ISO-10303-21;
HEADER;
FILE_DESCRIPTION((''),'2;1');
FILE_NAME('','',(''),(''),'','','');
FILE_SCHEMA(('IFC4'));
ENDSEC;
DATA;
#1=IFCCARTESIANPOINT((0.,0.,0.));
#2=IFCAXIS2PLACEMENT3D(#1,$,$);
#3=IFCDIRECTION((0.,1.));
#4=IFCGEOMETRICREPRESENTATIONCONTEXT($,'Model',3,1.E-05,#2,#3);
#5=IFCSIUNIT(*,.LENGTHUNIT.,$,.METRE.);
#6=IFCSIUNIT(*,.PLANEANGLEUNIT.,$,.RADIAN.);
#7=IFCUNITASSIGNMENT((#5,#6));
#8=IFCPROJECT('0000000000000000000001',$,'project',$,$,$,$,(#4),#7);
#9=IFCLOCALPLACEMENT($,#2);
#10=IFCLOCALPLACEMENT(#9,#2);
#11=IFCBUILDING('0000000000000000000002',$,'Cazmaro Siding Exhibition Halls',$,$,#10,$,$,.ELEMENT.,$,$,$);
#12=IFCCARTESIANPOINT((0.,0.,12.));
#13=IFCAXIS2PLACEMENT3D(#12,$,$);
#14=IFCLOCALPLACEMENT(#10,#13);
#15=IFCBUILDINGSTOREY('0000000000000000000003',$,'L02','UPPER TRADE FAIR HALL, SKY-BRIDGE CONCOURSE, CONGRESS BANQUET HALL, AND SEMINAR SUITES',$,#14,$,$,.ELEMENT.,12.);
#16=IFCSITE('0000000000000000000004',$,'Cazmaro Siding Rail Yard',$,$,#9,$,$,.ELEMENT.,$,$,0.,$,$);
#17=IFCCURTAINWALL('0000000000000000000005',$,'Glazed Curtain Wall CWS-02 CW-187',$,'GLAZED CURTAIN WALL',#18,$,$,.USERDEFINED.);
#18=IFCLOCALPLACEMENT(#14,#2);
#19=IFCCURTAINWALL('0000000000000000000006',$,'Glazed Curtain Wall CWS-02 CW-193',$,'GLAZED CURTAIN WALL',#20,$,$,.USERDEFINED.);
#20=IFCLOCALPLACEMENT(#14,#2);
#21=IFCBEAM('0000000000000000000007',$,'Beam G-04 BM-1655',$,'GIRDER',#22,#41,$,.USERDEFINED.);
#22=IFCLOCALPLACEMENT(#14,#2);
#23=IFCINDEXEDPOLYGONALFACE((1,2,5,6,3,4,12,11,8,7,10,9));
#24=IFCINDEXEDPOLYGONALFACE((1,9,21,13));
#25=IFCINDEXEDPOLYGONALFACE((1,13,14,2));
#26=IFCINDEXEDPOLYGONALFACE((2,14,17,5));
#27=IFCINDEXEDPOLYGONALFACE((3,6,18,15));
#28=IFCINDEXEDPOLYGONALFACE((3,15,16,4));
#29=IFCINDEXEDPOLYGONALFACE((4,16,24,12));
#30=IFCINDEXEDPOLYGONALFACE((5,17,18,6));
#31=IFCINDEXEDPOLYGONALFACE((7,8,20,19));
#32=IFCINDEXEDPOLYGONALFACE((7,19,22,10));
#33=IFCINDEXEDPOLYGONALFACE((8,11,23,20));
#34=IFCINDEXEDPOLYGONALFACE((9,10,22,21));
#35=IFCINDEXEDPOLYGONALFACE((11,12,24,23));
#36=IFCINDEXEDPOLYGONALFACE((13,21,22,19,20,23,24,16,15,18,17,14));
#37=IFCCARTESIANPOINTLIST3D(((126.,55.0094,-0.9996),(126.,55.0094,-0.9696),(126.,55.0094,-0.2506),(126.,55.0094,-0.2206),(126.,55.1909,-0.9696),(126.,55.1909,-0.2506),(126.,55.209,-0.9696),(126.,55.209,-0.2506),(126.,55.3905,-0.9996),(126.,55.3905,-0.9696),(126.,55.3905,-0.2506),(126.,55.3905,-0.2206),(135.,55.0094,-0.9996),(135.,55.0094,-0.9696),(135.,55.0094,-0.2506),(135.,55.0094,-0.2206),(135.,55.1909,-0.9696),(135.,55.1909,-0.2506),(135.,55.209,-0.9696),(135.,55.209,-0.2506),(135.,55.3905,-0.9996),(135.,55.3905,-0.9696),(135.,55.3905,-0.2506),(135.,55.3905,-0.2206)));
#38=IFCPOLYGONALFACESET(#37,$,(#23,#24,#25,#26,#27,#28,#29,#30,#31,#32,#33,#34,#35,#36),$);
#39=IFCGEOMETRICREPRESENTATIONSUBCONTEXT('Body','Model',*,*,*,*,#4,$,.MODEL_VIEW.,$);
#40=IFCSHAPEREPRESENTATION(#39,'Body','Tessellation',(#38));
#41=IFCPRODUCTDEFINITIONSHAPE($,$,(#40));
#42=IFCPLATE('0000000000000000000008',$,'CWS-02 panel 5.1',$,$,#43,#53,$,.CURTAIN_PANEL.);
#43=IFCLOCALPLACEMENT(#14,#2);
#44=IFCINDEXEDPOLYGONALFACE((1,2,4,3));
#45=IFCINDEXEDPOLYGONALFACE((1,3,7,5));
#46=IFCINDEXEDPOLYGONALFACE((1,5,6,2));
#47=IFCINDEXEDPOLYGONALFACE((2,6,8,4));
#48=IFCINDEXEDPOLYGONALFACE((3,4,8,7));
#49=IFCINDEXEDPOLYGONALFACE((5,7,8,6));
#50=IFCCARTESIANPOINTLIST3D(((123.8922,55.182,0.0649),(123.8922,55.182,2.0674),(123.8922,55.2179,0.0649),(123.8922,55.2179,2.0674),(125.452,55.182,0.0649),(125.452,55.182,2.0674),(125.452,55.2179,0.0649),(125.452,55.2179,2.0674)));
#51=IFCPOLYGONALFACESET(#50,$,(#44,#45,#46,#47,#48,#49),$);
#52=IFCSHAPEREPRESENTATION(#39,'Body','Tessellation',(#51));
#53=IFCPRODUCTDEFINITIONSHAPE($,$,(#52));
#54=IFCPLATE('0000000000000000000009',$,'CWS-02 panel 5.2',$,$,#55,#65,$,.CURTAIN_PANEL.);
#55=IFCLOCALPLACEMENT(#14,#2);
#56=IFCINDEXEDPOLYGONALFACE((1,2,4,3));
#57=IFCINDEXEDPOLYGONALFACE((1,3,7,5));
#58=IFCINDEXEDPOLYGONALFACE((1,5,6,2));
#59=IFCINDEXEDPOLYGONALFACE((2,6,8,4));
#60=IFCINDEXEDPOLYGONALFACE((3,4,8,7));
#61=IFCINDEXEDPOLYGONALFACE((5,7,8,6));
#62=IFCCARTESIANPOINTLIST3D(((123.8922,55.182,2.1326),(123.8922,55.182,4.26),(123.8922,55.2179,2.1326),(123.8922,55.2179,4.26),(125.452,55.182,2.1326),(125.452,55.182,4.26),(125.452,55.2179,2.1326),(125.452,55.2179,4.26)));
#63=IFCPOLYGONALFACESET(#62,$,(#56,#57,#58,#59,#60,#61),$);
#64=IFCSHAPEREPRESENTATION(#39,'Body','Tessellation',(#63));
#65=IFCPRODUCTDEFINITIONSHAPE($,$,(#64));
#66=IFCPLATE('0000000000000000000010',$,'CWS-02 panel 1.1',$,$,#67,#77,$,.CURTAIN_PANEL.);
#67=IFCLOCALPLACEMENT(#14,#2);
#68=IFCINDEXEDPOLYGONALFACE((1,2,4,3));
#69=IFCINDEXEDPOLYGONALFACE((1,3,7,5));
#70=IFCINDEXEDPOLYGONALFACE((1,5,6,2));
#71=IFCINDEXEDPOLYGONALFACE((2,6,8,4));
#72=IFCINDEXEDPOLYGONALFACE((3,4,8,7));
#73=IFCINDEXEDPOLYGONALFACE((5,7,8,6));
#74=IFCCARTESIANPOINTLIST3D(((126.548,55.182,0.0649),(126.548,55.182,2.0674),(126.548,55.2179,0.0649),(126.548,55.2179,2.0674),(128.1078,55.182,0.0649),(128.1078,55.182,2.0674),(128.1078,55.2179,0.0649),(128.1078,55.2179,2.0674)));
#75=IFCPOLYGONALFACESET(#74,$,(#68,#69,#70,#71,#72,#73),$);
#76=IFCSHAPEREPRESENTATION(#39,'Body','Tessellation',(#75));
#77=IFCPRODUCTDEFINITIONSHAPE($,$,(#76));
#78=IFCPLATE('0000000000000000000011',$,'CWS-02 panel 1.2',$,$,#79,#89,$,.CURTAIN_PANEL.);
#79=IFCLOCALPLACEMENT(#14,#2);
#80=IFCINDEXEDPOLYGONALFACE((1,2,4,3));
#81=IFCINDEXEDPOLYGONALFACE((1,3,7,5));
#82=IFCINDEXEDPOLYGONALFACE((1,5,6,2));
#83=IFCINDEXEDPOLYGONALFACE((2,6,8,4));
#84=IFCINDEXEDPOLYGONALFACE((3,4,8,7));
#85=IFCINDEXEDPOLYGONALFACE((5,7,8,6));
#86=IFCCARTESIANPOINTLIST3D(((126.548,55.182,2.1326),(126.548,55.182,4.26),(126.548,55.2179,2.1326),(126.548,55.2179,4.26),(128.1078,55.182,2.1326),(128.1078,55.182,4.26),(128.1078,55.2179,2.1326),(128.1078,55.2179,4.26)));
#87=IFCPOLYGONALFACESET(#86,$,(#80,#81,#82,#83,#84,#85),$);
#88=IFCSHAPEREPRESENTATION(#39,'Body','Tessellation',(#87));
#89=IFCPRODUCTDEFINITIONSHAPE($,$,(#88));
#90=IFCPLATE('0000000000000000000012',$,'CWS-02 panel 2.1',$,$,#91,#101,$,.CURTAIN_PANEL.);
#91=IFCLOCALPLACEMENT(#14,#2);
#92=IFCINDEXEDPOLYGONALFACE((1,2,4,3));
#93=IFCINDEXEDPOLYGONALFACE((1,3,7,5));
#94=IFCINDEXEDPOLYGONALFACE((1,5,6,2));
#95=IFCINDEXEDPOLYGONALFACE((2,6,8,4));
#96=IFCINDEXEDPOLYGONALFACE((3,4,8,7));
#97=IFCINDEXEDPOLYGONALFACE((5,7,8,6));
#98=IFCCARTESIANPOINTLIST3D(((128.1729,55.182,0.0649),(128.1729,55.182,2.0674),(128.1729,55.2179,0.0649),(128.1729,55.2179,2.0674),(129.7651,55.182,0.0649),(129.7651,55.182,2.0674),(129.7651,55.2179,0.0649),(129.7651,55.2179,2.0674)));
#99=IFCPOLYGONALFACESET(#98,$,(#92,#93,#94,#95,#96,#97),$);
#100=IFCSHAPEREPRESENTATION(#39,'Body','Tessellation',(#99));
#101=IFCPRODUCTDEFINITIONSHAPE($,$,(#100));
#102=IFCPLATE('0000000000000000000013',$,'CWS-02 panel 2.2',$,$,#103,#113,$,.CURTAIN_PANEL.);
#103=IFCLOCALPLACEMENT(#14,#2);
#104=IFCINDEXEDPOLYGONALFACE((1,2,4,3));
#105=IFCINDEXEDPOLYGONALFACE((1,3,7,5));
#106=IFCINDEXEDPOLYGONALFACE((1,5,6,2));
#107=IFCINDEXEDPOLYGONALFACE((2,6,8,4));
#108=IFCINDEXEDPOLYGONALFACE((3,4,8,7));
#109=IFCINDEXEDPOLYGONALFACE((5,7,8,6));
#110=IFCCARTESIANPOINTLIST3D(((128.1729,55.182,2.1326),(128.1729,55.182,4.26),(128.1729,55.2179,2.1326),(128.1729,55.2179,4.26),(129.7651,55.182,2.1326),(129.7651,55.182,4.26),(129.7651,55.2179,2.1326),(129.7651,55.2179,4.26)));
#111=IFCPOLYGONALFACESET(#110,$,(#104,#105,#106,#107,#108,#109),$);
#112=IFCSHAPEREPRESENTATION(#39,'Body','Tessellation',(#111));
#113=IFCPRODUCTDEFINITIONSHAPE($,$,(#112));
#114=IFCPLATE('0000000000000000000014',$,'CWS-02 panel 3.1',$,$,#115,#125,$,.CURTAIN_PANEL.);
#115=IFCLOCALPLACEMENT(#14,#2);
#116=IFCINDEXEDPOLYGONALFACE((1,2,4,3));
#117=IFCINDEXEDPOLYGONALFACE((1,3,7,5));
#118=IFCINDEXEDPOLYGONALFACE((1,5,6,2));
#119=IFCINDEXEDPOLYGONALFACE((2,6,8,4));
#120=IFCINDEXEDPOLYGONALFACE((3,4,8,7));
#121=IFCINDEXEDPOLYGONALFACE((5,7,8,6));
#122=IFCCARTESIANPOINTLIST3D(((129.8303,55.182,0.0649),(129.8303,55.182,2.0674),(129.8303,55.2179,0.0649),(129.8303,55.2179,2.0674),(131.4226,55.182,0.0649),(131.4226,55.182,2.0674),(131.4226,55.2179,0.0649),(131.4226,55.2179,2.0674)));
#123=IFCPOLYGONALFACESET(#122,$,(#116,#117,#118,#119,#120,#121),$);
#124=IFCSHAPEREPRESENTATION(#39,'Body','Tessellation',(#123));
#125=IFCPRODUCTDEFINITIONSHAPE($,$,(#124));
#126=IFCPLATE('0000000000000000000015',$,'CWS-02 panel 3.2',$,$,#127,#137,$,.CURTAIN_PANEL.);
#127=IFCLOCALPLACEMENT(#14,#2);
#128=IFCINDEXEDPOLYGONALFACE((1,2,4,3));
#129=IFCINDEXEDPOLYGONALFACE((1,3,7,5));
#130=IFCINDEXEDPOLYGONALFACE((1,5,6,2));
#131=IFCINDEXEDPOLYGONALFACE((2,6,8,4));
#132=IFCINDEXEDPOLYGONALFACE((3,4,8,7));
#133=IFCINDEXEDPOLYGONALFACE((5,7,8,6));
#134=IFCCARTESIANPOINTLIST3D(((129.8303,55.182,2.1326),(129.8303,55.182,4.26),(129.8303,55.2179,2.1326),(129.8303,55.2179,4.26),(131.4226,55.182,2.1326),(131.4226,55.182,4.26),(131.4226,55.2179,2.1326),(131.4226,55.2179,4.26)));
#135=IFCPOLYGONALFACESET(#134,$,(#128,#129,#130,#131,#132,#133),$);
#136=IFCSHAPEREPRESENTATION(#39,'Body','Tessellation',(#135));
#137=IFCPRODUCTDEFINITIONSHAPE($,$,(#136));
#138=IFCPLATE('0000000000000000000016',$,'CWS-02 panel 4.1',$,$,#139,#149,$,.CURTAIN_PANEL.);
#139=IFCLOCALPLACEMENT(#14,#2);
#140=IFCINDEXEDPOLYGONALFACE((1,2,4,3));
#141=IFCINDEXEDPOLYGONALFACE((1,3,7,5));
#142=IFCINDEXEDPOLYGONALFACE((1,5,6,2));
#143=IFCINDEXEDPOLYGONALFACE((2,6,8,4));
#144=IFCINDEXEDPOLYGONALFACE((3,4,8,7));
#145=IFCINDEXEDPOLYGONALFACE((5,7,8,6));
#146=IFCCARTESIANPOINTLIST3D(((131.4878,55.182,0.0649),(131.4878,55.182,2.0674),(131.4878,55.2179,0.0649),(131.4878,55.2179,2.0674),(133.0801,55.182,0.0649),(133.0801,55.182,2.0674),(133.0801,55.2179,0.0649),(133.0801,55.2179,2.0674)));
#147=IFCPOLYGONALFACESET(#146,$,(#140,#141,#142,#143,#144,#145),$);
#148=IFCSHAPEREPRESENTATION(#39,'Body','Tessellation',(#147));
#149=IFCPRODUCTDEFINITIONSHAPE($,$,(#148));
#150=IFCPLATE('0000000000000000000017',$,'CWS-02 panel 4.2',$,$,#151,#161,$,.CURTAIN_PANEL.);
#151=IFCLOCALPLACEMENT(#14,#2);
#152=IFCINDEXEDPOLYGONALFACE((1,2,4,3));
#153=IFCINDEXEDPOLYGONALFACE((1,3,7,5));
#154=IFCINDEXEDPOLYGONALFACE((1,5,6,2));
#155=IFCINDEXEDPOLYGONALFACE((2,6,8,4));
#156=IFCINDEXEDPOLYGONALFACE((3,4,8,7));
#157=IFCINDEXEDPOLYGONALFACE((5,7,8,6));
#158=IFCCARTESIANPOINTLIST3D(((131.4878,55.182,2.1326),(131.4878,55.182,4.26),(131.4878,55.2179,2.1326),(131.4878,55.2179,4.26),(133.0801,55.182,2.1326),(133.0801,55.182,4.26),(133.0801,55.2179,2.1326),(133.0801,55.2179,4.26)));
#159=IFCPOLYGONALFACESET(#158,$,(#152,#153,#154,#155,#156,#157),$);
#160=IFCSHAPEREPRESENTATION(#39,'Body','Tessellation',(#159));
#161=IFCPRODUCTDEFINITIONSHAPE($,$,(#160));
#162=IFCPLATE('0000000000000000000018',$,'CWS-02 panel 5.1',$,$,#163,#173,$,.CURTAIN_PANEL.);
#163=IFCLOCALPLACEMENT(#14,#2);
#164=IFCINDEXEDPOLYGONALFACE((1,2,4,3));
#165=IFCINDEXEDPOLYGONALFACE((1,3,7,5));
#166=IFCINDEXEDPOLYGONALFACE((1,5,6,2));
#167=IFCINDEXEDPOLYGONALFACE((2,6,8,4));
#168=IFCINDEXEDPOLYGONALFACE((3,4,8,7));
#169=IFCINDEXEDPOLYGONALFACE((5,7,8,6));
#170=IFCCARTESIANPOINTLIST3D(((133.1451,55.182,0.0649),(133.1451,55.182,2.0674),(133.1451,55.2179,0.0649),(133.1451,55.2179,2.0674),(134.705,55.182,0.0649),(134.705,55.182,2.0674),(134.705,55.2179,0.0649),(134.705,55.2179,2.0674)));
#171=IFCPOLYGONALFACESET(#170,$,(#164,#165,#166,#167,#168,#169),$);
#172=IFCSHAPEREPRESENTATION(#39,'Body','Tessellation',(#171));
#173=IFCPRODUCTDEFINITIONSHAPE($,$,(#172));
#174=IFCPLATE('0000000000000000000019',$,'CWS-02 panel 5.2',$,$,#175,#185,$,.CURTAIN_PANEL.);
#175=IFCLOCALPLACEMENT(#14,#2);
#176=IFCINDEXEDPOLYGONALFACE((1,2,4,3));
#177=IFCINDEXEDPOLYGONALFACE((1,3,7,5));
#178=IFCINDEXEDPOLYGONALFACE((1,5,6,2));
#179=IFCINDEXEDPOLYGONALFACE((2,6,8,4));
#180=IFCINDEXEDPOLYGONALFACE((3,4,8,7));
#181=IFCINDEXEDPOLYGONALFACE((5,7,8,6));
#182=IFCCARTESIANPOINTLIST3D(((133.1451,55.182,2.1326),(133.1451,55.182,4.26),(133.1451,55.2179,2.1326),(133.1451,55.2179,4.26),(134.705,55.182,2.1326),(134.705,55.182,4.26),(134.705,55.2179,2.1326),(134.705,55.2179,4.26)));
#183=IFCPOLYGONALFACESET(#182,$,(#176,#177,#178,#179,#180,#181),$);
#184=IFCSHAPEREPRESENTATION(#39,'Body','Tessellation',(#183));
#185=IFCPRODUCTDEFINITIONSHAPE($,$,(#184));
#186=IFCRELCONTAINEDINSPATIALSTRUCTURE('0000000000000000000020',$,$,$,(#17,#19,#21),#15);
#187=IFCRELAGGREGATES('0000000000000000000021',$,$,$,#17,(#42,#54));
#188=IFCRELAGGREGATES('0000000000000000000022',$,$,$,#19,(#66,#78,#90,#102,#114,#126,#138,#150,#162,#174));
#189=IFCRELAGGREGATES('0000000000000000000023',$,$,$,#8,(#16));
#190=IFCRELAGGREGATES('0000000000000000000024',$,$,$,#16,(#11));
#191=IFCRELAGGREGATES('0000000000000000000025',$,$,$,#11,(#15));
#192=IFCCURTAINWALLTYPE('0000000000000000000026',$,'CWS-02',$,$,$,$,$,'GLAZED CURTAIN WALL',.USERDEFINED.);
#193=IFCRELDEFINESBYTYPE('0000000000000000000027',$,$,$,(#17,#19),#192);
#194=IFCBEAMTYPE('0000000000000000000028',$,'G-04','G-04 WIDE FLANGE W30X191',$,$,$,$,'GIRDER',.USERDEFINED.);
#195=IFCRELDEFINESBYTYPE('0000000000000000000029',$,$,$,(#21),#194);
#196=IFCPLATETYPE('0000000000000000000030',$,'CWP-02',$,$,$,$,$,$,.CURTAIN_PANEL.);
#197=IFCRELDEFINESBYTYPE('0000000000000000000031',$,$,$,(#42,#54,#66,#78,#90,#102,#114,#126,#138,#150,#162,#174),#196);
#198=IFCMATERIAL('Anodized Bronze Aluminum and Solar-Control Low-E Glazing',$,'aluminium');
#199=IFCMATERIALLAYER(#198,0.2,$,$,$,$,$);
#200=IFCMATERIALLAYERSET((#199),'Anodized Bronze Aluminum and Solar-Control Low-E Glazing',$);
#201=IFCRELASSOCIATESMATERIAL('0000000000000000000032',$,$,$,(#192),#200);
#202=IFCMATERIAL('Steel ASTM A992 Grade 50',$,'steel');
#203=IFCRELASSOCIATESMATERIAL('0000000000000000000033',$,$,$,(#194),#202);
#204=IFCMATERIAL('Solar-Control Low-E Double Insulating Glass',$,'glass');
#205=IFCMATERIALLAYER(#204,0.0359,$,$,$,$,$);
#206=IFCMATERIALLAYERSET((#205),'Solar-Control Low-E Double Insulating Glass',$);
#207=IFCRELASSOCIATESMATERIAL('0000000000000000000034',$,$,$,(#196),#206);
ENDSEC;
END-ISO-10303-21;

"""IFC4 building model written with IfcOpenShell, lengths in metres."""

from ifc_helpers import new_model, si_unit, direction, frame, origin, origin_2d, place, context, subcontext, project, spatial, rectangle, i_section, extrude, material, layer, layer_set, material_profile, profile_set, type_object, element, aggregate, save


model = new_model("IFC4")

# Units and contexts
model_context = context("Model", 3, precision=1e-05, world=origin(), true_north=direction((0.0, 1.0)))
body_context = subcontext(model_context, "Body", "Model", "MODEL_VIEW")
ifc_project = project(units=[si_unit("LENGTHUNIT", "METRE"), si_unit("PLANEANGLEUNIT", "RADIAN")], contexts=[model_context])

# Site, building, storey
site_placement = place(None, origin())
site = spatial("IfcSite", under=ifc_project, at=site_placement, Name="Cazmaro Siding Rail Yard", CompositionType="ELEMENT", RefElevation=0.0)
building_placement = place(site_placement, origin())
building = spatial("IfcBuilding", under=site, at=building_placement, Name="Cazmaro Siding Exhibition Halls", CompositionType="ELEMENT")
storey_placement = place(building_placement, frame((0.0, 0.0, 12.0)))
storey = spatial("IfcBuildingStorey", under=building, at=storey_placement, Name="L02", Description="UPPER TRADE FAIR HALL, SKY-BRIDGE CONCOURSE, CONGRESS BANQUET HALL, AND SEMINAR SUITES", CompositionType="ELEMENT", Elevation=12.0)

# Curtain wall
ifc_material_1 = material(Name="Anodized Bronze Aluminum and Solar-Control Low-E Glazing", Category="aluminium")
ifc_layer_1 = layer(ifc_material_1, 0.2)
ifc_layer_set_1 = layer_set([ifc_layer_1], Name="Anodized Bronze Aluminum and Solar-Control Low-E Glazing")
curtain_wall_type = type_object("IfcCurtainWallType", Name="CWS-02", ElementType="GLAZED CURTAIN WALL", PredefinedType="USERDEFINED", material=ifc_layer_set_1)
curtain_wall_1_placement = place(storey_placement, origin())
curtain_wall_1 = element("IfcCurtainWall", 1, at=curtain_wall_1_placement, inside=storey, type_object=curtain_wall_type, Name="Glazed Curtain Wall CWS-02 CW-187", ObjectType="GLAZED CURTAIN WALL", PredefinedType="USERDEFINED")

# Curtain wall
curtain_wall_2_placement = place(storey_placement, origin())
curtain_wall_2 = element("IfcCurtainWall", 2, at=curtain_wall_2_placement, inside=storey, type_object=curtain_wall_type, Name="Glazed Curtain Wall CWS-02 CW-193", ObjectType="GLAZED CURTAIN WALL", PredefinedType="USERDEFINED")

# Beam
ifc_material_2 = material(Name="Steel ASTM A992 Grade 50", Category="steel")
ifc_material_profile_1 = material_profile(ifc_material_2, i_section(OverallWidth=0.3811, OverallDepth=0.7791, WebThickness=0.0181, FlangeThickness=0.03, at=origin_2d()), Name="W30X191")
ifc_profile_set_1 = profile_set([ifc_material_profile_1], Name="Steel ASTM A992 Grade 50")
beam_type_1 = type_object("IfcBeamType", Name="G-04", Description="G-04 WIDE FLANGE W30X191", ElementType="GIRDER", PredefinedType="USERDEFINED", material=ifc_profile_set_1)
beam_1_placement = place(storey_placement, frame((126.0, 55.2, -0.6101), z_axis=(1.0, 0.0, 0.0), x_axis=(0.0, 1.0, 0.0)))
element("IfcBeam", 3, at=beam_1_placement, inside=storey, type_object=beam_type_1, Name="Beam G-04 BM-1655", ObjectType="GIRDER", PredefinedType="USERDEFINED", context=body_context, shape_type="SweptSolid", body=[
    extrude(i_section(OverallWidth=0.3811, OverallDepth=0.7791, WebThickness=0.0181, FlangeThickness=0.03, at=origin_2d()), origin(), (0.0, 0.0, 1.0), 9.0),
])

# Plates
ifc_material_3 = material(Name="Solar-Control Low-E Double Insulating Glass", Category="glass")
ifc_layer_2 = layer(ifc_material_3, 0.0359)
ifc_layer_set_2 = layer_set([ifc_layer_2], Name="Solar-Control Low-E Double Insulating Glass")
plate_type = type_object("IfcPlateType", Name="CWP-02", PredefinedType="CURTAIN_PANEL", material=ifc_layer_set_2)
plate_1_placement = place(storey_placement, frame((124.6721, 55.2, 0.0649), z_axis=(0.0, 0.0, 1.0), x_axis=(1.0, 0.0, 0.0)))
plate_1 = element("IfcPlate", 4, at=plate_1_placement, type_object=plate_type, Name="CWS-02 panel 5.1", PredefinedType="CURTAIN_PANEL", context=body_context, shape_type="SweptSolid", body=[
    extrude(rectangle(XDim=1.5598, YDim=0.0359, at=origin_2d()), origin(), (0.0, 0.0, 1.0), 2.0024),
])
plate_2_placement = place(storey_placement, frame((124.6721, 55.2, 2.1326), z_axis=(0.0, 0.0, 1.0), x_axis=(1.0, 0.0, 0.0)))
plate_2 = element("IfcPlate", 5, at=plate_2_placement, type_object=plate_type, Name="CWS-02 panel 5.2", PredefinedType="CURTAIN_PANEL", context=body_context, shape_type="SweptSolid", body=[
    extrude(rectangle(XDim=1.5598, YDim=0.0359, at=origin_2d()), origin(), (0.0, 0.0, 1.0), 2.1274),
])
aggregate(curtain_wall_1, [plate_1, plate_2])
plate_3_placement = place(storey_placement, frame((127.3279, 55.2, 0.0649), z_axis=(0.0, 0.0, 1.0), x_axis=(1.0, 0.0, 0.0)))
plate_3 = element("IfcPlate", 6, at=plate_3_placement, type_object=plate_type, Name="CWS-02 panel 1.1", PredefinedType="CURTAIN_PANEL", context=body_context, shape_type="SweptSolid", body=[
    extrude(rectangle(XDim=1.5598, YDim=0.0359, at=origin_2d()), origin(), (0.0, 0.0, 1.0), 2.0024),
])
plate_4_placement = place(storey_placement, frame((127.3279, 55.2, 2.1326), z_axis=(0.0, 0.0, 1.0), x_axis=(1.0, 0.0, 0.0)))
plate_4 = element("IfcPlate", 7, at=plate_4_placement, type_object=plate_type, Name="CWS-02 panel 1.2", PredefinedType="CURTAIN_PANEL", context=body_context, shape_type="SweptSolid", body=[
    extrude(rectangle(XDim=1.5598, YDim=0.0359, at=origin_2d()), origin(), (0.0, 0.0, 1.0), 2.1274),
])
plate_5_placement = place(storey_placement, frame((128.969, 55.2, 0.0649), z_axis=(0.0, 0.0, 1.0), x_axis=(1.0, 0.0, 0.0)))
plate_5 = element("IfcPlate", 8, at=plate_5_placement, type_object=plate_type, Name="CWS-02 panel 2.1", PredefinedType="CURTAIN_PANEL", context=body_context, shape_type="SweptSolid", body=[
    extrude(rectangle(XDim=1.5923, YDim=0.0359, at=origin_2d()), origin(), (0.0, 0.0, 1.0), 2.0024),
])
plate_6_placement = place(storey_placement, frame((128.969, 55.2, 2.1326), z_axis=(0.0, 0.0, 1.0), x_axis=(1.0, 0.0, 0.0)))
plate_6 = element("IfcPlate", 9, at=plate_6_placement, type_object=plate_type, Name="CWS-02 panel 2.2", PredefinedType="CURTAIN_PANEL", context=body_context, shape_type="SweptSolid", body=[
    extrude(rectangle(XDim=1.5923, YDim=0.0359, at=origin_2d()), origin(), (0.0, 0.0, 1.0), 2.1274),
])
plate_7_placement = place(storey_placement, frame((130.6265, 55.2, 0.0649), z_axis=(0.0, 0.0, 1.0), x_axis=(1.0, 0.0, 0.0)))
plate_7 = element("IfcPlate", 10, at=plate_7_placement, type_object=plate_type, Name="CWS-02 panel 3.1", PredefinedType="CURTAIN_PANEL", context=body_context, shape_type="SweptSolid", body=[
    extrude(rectangle(XDim=1.5923, YDim=0.0359, at=origin_2d()), origin(), (0.0, 0.0, 1.0), 2.0024),
])
plate_8_placement = place(storey_placement, frame((130.6265, 55.2, 2.1326), z_axis=(0.0, 0.0, 1.0), x_axis=(1.0, 0.0, 0.0)))
plate_8 = element("IfcPlate", 11, at=plate_8_placement, type_object=plate_type, Name="CWS-02 panel 3.2", PredefinedType="CURTAIN_PANEL", context=body_context, shape_type="SweptSolid", body=[
    extrude(rectangle(XDim=1.5923, YDim=0.0359, at=origin_2d()), origin(), (0.0, 0.0, 1.0), 2.1274),
])
plate_9_placement = place(storey_placement, frame((132.2839, 55.2, 0.0649), z_axis=(0.0, 0.0, 1.0), x_axis=(1.0, 0.0, 0.0)))
plate_9 = element("IfcPlate", 12, at=plate_9_placement, type_object=plate_type, Name="CWS-02 panel 4.1", PredefinedType="CURTAIN_PANEL", context=body_context, shape_type="SweptSolid", body=[
    extrude(rectangle(XDim=1.5923, YDim=0.0359, at=origin_2d()), origin(), (0.0, 0.0, 1.0), 2.0024),
])
plate_10_placement = place(storey_placement, frame((132.2839, 55.2, 2.1326), z_axis=(0.0, 0.0, 1.0), x_axis=(1.0, 0.0, 0.0)))
plate_10 = element("IfcPlate", 13, at=plate_10_placement, type_object=plate_type, Name="CWS-02 panel 4.2", PredefinedType="CURTAIN_PANEL", context=body_context, shape_type="SweptSolid", body=[
    extrude(rectangle(XDim=1.5923, YDim=0.0359, at=origin_2d()), origin(), (0.0, 0.0, 1.0), 2.1274),
])
plate_11_placement = place(storey_placement, frame((133.925, 55.2, 0.0649), z_axis=(0.0, 0.0, 1.0), x_axis=(1.0, 0.0, 0.0)))
plate_11 = element("IfcPlate", 14, at=plate_11_placement, type_object=plate_type, Name="CWS-02 panel 5.1", PredefinedType="CURTAIN_PANEL", context=body_context, shape_type="SweptSolid", body=[
    extrude(rectangle(XDim=1.5598, YDim=0.0359, at=origin_2d()), origin(), (0.0, 0.0, 1.0), 2.0024),
])
plate_12_placement = place(storey_placement, frame((133.925, 55.2, 2.1326), z_axis=(0.0, 0.0, 1.0), x_axis=(1.0, 0.0, 0.0)))
plate_12 = element("IfcPlate", 15, at=plate_12_placement, type_object=plate_type, Name="CWS-02 panel 5.2", PredefinedType="CURTAIN_PANEL", context=body_context, shape_type="SweptSolid", body=[
    extrude(rectangle(XDim=1.5598, YDim=0.0359, at=origin_2d()), origin(), (0.0, 0.0, 1.0), 2.1274),
])
aggregate(curtain_wall_2, [plate_3, plate_4, plate_5, plate_6, plate_7, plate_8, plate_9, plate_10, plate_11, plate_12])

save(model, "model.ifc")
